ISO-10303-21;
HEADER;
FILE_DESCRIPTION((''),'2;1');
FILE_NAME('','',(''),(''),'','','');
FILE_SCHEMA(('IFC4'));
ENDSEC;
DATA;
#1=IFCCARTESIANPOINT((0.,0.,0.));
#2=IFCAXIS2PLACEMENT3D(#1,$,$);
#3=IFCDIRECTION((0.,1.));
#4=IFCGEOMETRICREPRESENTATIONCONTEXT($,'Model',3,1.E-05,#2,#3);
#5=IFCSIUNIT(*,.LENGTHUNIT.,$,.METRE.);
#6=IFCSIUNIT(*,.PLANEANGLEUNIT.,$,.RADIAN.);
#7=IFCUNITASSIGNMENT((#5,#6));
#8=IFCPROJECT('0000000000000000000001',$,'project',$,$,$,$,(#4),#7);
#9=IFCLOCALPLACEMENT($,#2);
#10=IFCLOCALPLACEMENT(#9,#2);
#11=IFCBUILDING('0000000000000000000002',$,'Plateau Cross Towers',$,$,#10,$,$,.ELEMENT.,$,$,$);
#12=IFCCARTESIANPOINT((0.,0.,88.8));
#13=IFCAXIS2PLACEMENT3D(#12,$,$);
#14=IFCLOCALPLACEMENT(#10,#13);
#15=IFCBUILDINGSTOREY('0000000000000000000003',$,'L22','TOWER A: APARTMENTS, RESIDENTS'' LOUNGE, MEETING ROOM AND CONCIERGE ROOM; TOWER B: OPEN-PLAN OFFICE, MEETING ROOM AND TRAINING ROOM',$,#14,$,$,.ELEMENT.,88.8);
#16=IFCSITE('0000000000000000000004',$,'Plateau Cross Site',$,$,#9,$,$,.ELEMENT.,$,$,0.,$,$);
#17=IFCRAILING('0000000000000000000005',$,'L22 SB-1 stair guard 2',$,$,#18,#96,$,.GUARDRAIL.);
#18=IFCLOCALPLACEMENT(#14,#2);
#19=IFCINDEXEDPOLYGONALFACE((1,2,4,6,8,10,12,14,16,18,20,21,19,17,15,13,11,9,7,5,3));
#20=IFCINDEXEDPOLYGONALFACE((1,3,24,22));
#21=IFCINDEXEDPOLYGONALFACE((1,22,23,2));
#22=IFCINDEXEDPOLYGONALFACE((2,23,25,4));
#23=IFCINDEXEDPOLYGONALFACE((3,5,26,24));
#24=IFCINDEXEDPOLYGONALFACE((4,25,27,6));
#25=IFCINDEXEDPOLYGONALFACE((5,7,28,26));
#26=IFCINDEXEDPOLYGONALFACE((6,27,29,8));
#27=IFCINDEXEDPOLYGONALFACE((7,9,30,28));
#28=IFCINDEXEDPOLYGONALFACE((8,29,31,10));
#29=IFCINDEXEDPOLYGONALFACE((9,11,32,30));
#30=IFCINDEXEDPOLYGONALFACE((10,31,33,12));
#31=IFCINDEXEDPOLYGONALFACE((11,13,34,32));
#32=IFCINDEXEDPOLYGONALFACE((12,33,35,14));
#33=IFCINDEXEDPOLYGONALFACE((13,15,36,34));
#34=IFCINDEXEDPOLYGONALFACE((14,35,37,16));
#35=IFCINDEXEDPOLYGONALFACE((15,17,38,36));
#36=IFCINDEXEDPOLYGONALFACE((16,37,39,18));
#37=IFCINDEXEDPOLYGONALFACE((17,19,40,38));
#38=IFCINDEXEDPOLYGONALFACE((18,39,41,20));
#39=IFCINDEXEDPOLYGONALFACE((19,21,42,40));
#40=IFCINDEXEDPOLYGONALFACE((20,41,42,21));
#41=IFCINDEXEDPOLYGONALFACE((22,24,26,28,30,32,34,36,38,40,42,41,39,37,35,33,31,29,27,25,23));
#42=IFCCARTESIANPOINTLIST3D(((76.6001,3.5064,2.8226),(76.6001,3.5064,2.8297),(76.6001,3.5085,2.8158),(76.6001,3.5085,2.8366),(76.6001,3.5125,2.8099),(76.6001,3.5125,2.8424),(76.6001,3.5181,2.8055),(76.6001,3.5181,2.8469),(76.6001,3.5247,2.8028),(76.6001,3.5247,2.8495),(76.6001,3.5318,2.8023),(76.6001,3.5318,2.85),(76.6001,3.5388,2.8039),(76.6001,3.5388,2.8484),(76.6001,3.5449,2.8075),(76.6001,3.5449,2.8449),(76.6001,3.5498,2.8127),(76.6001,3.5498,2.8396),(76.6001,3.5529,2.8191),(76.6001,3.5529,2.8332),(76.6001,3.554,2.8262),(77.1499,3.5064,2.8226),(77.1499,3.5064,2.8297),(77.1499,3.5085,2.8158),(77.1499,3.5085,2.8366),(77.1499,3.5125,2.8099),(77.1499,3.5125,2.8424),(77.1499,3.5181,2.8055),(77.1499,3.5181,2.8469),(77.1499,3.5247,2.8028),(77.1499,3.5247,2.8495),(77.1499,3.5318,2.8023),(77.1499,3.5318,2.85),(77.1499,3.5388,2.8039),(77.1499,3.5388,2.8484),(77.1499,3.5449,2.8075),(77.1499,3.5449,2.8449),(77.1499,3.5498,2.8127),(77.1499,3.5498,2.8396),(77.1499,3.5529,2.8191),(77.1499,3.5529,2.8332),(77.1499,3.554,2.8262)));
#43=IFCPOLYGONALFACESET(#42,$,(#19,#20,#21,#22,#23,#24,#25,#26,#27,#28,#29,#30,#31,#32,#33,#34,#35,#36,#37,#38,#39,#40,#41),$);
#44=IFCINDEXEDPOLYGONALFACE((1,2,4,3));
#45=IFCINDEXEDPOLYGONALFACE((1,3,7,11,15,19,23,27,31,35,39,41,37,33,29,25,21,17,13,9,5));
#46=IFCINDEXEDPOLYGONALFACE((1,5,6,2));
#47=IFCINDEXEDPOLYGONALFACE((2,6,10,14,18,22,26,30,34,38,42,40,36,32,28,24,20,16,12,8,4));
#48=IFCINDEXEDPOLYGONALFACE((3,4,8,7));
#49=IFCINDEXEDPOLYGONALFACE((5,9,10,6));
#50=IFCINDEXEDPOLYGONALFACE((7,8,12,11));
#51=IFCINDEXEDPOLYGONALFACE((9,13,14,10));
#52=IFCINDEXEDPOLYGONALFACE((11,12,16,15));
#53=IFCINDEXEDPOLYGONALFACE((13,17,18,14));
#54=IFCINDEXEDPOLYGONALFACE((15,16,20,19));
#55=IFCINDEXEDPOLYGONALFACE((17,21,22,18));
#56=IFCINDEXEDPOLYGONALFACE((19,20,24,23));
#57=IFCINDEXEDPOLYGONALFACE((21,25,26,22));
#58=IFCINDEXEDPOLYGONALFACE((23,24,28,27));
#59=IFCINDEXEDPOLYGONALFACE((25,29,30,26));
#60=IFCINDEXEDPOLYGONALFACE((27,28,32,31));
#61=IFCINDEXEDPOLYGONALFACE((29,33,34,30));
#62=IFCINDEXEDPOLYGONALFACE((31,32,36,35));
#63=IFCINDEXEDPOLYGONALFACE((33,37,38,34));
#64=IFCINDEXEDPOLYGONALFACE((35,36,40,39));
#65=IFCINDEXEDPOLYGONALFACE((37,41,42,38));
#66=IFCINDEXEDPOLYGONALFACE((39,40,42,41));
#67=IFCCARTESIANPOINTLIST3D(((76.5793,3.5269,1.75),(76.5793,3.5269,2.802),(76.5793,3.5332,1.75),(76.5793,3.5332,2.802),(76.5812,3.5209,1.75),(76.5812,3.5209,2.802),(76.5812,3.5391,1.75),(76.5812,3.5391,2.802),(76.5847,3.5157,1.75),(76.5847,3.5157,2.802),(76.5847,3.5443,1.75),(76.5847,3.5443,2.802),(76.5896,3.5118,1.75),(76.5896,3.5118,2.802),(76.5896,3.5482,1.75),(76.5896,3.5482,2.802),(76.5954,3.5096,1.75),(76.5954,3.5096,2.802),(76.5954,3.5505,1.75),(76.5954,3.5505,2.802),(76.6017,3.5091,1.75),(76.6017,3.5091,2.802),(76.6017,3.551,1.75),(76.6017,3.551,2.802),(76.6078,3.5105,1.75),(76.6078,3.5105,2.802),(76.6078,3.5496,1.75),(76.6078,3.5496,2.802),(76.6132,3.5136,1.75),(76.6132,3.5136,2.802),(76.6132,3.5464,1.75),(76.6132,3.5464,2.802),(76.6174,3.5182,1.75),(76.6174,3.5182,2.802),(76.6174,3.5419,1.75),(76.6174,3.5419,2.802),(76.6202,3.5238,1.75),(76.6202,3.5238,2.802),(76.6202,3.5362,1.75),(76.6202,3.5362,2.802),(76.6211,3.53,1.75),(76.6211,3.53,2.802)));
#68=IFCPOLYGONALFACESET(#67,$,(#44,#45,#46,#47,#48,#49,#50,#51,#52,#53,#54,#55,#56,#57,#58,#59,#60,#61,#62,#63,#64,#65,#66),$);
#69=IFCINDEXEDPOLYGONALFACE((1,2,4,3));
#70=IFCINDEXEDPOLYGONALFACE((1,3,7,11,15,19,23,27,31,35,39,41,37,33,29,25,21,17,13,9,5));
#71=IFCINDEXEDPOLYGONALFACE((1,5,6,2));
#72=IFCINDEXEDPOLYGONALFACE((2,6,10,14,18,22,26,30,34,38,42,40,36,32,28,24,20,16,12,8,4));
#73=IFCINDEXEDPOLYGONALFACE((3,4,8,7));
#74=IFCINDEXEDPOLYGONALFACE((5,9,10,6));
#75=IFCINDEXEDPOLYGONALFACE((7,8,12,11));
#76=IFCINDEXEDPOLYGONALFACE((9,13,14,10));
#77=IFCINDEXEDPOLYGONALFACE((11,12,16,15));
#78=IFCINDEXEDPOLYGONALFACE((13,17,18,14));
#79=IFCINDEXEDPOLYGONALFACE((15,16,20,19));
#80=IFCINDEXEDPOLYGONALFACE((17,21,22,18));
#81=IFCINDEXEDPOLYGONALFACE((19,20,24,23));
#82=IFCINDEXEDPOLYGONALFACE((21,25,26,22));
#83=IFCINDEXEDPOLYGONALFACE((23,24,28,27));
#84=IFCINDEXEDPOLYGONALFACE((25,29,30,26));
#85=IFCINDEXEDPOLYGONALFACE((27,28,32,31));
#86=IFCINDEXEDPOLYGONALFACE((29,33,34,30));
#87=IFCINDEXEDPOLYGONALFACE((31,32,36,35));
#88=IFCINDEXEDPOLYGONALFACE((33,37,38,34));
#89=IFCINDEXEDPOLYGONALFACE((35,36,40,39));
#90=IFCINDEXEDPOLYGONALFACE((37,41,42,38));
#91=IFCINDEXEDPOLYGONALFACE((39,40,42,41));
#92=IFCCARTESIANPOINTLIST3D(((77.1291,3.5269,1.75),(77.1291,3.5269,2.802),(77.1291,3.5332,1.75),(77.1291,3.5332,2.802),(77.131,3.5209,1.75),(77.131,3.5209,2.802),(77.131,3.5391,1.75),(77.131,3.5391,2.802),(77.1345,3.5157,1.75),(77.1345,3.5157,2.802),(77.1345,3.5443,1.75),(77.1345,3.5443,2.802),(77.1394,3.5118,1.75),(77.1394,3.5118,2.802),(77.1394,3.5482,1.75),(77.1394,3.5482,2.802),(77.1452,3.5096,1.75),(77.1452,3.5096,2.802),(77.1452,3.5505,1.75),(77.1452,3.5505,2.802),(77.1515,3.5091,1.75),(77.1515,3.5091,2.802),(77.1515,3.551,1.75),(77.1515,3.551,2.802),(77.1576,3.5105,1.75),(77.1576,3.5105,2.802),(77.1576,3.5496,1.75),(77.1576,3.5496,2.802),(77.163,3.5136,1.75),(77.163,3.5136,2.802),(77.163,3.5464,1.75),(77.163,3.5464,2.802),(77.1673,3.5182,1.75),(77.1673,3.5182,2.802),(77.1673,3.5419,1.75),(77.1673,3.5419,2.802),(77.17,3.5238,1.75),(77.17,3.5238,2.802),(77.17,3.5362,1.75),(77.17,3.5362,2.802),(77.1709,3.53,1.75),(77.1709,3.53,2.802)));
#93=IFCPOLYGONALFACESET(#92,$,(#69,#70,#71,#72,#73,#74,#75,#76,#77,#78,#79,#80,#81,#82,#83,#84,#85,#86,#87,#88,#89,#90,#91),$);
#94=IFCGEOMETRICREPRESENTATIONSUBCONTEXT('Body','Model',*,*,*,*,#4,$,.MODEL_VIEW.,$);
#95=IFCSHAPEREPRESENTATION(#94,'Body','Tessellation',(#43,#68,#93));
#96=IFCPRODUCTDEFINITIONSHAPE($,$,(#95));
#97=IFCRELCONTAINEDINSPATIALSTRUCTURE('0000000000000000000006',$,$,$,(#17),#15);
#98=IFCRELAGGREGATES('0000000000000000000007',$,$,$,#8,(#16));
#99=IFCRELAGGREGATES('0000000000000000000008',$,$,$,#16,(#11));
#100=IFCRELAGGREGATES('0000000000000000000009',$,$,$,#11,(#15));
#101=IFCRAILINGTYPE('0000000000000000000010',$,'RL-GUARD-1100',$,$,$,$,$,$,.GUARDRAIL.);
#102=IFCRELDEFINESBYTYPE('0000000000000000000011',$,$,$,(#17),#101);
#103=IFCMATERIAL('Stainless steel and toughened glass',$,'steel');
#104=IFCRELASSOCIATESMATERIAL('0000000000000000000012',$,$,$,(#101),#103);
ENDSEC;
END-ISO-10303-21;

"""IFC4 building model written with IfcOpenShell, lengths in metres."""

from ifc_helpers import new_model, si_unit, direction, frame, origin, origin_2d, place, context, subcontext, project, spatial, circle, extrude, material, type_object, element, save


model = new_model("IFC4")

# Units and contexts
model_context = context("Model", 3, precision=1e-05, world=origin(), true_north=direction((0.0, 1.0)))
body_context = subcontext(model_context, "Body", "Model", "MODEL_VIEW")
ifc_project = project(units=[si_unit("LENGTHUNIT", "METRE"), si_unit("PLANEANGLEUNIT", "RADIAN")], contexts=[model_context])

# Site, building, storey
site_placement = place(None, origin())
site = spatial("IfcSite", under=ifc_project, at=site_placement, Name="Plateau Cross Site", CompositionType="ELEMENT", RefElevation=0.0)
building_placement = place(site_placement, origin())
building = spatial("IfcBuilding", under=site, at=building_placement, Name="Plateau Cross Towers", CompositionType="ELEMENT")
storey_placement = place(building_placement, frame((0.0, 0.0, 88.8)))
storey = spatial("IfcBuildingStorey", under=building, at=storey_placement, Name="L22", Description="TOWER A: APARTMENTS, RESIDENTS' LOUNGE, MEETING ROOM AND CONCIERGE ROOM; TOWER B: OPEN-PLAN OFFICE, MEETING ROOM AND TRAINING ROOM", CompositionType="ELEMENT", Elevation=88.8)

# Railing
ifc_material_1 = material(Name="Stainless steel and toughened glass", Category="steel")
railing_type_1 = type_object("IfcRailingType", Name="RL-GUARD-1100", PredefinedType="GUARDRAIL", material=ifc_material_1)
railing_1_placement = place(storey_placement, frame((76.6001, 3.53, 1.75)))
element("IfcRailing", 1, at=railing_1_placement, inside=storey, type_object=railing_type_1, Name="L22 SB-1 stair guard 2", PredefinedType="GUARDRAIL", context=body_context, shape_type="SweptSolid", body=[
    extrude(circle(Radius=0.0239, at=origin_2d()), frame((0.0, 0.0, 1.0762), z_axis=(1.0, 0.0, 0.0), x_axis=(0.0, 1.0, 0.0)), (0.0, 0.0, 1.0), 0.5498),
    extrude(circle(Radius=0.021, at=origin_2d()), origin(), (0.0, 0.0, 1.0), 1.052),
    extrude(circle(Radius=0.021, at=origin_2d()), frame((0.5498, 0.0, 0.0)), (0.0, 0.0, 1.0), 1.052),
])

save(model, "model.ifc")
